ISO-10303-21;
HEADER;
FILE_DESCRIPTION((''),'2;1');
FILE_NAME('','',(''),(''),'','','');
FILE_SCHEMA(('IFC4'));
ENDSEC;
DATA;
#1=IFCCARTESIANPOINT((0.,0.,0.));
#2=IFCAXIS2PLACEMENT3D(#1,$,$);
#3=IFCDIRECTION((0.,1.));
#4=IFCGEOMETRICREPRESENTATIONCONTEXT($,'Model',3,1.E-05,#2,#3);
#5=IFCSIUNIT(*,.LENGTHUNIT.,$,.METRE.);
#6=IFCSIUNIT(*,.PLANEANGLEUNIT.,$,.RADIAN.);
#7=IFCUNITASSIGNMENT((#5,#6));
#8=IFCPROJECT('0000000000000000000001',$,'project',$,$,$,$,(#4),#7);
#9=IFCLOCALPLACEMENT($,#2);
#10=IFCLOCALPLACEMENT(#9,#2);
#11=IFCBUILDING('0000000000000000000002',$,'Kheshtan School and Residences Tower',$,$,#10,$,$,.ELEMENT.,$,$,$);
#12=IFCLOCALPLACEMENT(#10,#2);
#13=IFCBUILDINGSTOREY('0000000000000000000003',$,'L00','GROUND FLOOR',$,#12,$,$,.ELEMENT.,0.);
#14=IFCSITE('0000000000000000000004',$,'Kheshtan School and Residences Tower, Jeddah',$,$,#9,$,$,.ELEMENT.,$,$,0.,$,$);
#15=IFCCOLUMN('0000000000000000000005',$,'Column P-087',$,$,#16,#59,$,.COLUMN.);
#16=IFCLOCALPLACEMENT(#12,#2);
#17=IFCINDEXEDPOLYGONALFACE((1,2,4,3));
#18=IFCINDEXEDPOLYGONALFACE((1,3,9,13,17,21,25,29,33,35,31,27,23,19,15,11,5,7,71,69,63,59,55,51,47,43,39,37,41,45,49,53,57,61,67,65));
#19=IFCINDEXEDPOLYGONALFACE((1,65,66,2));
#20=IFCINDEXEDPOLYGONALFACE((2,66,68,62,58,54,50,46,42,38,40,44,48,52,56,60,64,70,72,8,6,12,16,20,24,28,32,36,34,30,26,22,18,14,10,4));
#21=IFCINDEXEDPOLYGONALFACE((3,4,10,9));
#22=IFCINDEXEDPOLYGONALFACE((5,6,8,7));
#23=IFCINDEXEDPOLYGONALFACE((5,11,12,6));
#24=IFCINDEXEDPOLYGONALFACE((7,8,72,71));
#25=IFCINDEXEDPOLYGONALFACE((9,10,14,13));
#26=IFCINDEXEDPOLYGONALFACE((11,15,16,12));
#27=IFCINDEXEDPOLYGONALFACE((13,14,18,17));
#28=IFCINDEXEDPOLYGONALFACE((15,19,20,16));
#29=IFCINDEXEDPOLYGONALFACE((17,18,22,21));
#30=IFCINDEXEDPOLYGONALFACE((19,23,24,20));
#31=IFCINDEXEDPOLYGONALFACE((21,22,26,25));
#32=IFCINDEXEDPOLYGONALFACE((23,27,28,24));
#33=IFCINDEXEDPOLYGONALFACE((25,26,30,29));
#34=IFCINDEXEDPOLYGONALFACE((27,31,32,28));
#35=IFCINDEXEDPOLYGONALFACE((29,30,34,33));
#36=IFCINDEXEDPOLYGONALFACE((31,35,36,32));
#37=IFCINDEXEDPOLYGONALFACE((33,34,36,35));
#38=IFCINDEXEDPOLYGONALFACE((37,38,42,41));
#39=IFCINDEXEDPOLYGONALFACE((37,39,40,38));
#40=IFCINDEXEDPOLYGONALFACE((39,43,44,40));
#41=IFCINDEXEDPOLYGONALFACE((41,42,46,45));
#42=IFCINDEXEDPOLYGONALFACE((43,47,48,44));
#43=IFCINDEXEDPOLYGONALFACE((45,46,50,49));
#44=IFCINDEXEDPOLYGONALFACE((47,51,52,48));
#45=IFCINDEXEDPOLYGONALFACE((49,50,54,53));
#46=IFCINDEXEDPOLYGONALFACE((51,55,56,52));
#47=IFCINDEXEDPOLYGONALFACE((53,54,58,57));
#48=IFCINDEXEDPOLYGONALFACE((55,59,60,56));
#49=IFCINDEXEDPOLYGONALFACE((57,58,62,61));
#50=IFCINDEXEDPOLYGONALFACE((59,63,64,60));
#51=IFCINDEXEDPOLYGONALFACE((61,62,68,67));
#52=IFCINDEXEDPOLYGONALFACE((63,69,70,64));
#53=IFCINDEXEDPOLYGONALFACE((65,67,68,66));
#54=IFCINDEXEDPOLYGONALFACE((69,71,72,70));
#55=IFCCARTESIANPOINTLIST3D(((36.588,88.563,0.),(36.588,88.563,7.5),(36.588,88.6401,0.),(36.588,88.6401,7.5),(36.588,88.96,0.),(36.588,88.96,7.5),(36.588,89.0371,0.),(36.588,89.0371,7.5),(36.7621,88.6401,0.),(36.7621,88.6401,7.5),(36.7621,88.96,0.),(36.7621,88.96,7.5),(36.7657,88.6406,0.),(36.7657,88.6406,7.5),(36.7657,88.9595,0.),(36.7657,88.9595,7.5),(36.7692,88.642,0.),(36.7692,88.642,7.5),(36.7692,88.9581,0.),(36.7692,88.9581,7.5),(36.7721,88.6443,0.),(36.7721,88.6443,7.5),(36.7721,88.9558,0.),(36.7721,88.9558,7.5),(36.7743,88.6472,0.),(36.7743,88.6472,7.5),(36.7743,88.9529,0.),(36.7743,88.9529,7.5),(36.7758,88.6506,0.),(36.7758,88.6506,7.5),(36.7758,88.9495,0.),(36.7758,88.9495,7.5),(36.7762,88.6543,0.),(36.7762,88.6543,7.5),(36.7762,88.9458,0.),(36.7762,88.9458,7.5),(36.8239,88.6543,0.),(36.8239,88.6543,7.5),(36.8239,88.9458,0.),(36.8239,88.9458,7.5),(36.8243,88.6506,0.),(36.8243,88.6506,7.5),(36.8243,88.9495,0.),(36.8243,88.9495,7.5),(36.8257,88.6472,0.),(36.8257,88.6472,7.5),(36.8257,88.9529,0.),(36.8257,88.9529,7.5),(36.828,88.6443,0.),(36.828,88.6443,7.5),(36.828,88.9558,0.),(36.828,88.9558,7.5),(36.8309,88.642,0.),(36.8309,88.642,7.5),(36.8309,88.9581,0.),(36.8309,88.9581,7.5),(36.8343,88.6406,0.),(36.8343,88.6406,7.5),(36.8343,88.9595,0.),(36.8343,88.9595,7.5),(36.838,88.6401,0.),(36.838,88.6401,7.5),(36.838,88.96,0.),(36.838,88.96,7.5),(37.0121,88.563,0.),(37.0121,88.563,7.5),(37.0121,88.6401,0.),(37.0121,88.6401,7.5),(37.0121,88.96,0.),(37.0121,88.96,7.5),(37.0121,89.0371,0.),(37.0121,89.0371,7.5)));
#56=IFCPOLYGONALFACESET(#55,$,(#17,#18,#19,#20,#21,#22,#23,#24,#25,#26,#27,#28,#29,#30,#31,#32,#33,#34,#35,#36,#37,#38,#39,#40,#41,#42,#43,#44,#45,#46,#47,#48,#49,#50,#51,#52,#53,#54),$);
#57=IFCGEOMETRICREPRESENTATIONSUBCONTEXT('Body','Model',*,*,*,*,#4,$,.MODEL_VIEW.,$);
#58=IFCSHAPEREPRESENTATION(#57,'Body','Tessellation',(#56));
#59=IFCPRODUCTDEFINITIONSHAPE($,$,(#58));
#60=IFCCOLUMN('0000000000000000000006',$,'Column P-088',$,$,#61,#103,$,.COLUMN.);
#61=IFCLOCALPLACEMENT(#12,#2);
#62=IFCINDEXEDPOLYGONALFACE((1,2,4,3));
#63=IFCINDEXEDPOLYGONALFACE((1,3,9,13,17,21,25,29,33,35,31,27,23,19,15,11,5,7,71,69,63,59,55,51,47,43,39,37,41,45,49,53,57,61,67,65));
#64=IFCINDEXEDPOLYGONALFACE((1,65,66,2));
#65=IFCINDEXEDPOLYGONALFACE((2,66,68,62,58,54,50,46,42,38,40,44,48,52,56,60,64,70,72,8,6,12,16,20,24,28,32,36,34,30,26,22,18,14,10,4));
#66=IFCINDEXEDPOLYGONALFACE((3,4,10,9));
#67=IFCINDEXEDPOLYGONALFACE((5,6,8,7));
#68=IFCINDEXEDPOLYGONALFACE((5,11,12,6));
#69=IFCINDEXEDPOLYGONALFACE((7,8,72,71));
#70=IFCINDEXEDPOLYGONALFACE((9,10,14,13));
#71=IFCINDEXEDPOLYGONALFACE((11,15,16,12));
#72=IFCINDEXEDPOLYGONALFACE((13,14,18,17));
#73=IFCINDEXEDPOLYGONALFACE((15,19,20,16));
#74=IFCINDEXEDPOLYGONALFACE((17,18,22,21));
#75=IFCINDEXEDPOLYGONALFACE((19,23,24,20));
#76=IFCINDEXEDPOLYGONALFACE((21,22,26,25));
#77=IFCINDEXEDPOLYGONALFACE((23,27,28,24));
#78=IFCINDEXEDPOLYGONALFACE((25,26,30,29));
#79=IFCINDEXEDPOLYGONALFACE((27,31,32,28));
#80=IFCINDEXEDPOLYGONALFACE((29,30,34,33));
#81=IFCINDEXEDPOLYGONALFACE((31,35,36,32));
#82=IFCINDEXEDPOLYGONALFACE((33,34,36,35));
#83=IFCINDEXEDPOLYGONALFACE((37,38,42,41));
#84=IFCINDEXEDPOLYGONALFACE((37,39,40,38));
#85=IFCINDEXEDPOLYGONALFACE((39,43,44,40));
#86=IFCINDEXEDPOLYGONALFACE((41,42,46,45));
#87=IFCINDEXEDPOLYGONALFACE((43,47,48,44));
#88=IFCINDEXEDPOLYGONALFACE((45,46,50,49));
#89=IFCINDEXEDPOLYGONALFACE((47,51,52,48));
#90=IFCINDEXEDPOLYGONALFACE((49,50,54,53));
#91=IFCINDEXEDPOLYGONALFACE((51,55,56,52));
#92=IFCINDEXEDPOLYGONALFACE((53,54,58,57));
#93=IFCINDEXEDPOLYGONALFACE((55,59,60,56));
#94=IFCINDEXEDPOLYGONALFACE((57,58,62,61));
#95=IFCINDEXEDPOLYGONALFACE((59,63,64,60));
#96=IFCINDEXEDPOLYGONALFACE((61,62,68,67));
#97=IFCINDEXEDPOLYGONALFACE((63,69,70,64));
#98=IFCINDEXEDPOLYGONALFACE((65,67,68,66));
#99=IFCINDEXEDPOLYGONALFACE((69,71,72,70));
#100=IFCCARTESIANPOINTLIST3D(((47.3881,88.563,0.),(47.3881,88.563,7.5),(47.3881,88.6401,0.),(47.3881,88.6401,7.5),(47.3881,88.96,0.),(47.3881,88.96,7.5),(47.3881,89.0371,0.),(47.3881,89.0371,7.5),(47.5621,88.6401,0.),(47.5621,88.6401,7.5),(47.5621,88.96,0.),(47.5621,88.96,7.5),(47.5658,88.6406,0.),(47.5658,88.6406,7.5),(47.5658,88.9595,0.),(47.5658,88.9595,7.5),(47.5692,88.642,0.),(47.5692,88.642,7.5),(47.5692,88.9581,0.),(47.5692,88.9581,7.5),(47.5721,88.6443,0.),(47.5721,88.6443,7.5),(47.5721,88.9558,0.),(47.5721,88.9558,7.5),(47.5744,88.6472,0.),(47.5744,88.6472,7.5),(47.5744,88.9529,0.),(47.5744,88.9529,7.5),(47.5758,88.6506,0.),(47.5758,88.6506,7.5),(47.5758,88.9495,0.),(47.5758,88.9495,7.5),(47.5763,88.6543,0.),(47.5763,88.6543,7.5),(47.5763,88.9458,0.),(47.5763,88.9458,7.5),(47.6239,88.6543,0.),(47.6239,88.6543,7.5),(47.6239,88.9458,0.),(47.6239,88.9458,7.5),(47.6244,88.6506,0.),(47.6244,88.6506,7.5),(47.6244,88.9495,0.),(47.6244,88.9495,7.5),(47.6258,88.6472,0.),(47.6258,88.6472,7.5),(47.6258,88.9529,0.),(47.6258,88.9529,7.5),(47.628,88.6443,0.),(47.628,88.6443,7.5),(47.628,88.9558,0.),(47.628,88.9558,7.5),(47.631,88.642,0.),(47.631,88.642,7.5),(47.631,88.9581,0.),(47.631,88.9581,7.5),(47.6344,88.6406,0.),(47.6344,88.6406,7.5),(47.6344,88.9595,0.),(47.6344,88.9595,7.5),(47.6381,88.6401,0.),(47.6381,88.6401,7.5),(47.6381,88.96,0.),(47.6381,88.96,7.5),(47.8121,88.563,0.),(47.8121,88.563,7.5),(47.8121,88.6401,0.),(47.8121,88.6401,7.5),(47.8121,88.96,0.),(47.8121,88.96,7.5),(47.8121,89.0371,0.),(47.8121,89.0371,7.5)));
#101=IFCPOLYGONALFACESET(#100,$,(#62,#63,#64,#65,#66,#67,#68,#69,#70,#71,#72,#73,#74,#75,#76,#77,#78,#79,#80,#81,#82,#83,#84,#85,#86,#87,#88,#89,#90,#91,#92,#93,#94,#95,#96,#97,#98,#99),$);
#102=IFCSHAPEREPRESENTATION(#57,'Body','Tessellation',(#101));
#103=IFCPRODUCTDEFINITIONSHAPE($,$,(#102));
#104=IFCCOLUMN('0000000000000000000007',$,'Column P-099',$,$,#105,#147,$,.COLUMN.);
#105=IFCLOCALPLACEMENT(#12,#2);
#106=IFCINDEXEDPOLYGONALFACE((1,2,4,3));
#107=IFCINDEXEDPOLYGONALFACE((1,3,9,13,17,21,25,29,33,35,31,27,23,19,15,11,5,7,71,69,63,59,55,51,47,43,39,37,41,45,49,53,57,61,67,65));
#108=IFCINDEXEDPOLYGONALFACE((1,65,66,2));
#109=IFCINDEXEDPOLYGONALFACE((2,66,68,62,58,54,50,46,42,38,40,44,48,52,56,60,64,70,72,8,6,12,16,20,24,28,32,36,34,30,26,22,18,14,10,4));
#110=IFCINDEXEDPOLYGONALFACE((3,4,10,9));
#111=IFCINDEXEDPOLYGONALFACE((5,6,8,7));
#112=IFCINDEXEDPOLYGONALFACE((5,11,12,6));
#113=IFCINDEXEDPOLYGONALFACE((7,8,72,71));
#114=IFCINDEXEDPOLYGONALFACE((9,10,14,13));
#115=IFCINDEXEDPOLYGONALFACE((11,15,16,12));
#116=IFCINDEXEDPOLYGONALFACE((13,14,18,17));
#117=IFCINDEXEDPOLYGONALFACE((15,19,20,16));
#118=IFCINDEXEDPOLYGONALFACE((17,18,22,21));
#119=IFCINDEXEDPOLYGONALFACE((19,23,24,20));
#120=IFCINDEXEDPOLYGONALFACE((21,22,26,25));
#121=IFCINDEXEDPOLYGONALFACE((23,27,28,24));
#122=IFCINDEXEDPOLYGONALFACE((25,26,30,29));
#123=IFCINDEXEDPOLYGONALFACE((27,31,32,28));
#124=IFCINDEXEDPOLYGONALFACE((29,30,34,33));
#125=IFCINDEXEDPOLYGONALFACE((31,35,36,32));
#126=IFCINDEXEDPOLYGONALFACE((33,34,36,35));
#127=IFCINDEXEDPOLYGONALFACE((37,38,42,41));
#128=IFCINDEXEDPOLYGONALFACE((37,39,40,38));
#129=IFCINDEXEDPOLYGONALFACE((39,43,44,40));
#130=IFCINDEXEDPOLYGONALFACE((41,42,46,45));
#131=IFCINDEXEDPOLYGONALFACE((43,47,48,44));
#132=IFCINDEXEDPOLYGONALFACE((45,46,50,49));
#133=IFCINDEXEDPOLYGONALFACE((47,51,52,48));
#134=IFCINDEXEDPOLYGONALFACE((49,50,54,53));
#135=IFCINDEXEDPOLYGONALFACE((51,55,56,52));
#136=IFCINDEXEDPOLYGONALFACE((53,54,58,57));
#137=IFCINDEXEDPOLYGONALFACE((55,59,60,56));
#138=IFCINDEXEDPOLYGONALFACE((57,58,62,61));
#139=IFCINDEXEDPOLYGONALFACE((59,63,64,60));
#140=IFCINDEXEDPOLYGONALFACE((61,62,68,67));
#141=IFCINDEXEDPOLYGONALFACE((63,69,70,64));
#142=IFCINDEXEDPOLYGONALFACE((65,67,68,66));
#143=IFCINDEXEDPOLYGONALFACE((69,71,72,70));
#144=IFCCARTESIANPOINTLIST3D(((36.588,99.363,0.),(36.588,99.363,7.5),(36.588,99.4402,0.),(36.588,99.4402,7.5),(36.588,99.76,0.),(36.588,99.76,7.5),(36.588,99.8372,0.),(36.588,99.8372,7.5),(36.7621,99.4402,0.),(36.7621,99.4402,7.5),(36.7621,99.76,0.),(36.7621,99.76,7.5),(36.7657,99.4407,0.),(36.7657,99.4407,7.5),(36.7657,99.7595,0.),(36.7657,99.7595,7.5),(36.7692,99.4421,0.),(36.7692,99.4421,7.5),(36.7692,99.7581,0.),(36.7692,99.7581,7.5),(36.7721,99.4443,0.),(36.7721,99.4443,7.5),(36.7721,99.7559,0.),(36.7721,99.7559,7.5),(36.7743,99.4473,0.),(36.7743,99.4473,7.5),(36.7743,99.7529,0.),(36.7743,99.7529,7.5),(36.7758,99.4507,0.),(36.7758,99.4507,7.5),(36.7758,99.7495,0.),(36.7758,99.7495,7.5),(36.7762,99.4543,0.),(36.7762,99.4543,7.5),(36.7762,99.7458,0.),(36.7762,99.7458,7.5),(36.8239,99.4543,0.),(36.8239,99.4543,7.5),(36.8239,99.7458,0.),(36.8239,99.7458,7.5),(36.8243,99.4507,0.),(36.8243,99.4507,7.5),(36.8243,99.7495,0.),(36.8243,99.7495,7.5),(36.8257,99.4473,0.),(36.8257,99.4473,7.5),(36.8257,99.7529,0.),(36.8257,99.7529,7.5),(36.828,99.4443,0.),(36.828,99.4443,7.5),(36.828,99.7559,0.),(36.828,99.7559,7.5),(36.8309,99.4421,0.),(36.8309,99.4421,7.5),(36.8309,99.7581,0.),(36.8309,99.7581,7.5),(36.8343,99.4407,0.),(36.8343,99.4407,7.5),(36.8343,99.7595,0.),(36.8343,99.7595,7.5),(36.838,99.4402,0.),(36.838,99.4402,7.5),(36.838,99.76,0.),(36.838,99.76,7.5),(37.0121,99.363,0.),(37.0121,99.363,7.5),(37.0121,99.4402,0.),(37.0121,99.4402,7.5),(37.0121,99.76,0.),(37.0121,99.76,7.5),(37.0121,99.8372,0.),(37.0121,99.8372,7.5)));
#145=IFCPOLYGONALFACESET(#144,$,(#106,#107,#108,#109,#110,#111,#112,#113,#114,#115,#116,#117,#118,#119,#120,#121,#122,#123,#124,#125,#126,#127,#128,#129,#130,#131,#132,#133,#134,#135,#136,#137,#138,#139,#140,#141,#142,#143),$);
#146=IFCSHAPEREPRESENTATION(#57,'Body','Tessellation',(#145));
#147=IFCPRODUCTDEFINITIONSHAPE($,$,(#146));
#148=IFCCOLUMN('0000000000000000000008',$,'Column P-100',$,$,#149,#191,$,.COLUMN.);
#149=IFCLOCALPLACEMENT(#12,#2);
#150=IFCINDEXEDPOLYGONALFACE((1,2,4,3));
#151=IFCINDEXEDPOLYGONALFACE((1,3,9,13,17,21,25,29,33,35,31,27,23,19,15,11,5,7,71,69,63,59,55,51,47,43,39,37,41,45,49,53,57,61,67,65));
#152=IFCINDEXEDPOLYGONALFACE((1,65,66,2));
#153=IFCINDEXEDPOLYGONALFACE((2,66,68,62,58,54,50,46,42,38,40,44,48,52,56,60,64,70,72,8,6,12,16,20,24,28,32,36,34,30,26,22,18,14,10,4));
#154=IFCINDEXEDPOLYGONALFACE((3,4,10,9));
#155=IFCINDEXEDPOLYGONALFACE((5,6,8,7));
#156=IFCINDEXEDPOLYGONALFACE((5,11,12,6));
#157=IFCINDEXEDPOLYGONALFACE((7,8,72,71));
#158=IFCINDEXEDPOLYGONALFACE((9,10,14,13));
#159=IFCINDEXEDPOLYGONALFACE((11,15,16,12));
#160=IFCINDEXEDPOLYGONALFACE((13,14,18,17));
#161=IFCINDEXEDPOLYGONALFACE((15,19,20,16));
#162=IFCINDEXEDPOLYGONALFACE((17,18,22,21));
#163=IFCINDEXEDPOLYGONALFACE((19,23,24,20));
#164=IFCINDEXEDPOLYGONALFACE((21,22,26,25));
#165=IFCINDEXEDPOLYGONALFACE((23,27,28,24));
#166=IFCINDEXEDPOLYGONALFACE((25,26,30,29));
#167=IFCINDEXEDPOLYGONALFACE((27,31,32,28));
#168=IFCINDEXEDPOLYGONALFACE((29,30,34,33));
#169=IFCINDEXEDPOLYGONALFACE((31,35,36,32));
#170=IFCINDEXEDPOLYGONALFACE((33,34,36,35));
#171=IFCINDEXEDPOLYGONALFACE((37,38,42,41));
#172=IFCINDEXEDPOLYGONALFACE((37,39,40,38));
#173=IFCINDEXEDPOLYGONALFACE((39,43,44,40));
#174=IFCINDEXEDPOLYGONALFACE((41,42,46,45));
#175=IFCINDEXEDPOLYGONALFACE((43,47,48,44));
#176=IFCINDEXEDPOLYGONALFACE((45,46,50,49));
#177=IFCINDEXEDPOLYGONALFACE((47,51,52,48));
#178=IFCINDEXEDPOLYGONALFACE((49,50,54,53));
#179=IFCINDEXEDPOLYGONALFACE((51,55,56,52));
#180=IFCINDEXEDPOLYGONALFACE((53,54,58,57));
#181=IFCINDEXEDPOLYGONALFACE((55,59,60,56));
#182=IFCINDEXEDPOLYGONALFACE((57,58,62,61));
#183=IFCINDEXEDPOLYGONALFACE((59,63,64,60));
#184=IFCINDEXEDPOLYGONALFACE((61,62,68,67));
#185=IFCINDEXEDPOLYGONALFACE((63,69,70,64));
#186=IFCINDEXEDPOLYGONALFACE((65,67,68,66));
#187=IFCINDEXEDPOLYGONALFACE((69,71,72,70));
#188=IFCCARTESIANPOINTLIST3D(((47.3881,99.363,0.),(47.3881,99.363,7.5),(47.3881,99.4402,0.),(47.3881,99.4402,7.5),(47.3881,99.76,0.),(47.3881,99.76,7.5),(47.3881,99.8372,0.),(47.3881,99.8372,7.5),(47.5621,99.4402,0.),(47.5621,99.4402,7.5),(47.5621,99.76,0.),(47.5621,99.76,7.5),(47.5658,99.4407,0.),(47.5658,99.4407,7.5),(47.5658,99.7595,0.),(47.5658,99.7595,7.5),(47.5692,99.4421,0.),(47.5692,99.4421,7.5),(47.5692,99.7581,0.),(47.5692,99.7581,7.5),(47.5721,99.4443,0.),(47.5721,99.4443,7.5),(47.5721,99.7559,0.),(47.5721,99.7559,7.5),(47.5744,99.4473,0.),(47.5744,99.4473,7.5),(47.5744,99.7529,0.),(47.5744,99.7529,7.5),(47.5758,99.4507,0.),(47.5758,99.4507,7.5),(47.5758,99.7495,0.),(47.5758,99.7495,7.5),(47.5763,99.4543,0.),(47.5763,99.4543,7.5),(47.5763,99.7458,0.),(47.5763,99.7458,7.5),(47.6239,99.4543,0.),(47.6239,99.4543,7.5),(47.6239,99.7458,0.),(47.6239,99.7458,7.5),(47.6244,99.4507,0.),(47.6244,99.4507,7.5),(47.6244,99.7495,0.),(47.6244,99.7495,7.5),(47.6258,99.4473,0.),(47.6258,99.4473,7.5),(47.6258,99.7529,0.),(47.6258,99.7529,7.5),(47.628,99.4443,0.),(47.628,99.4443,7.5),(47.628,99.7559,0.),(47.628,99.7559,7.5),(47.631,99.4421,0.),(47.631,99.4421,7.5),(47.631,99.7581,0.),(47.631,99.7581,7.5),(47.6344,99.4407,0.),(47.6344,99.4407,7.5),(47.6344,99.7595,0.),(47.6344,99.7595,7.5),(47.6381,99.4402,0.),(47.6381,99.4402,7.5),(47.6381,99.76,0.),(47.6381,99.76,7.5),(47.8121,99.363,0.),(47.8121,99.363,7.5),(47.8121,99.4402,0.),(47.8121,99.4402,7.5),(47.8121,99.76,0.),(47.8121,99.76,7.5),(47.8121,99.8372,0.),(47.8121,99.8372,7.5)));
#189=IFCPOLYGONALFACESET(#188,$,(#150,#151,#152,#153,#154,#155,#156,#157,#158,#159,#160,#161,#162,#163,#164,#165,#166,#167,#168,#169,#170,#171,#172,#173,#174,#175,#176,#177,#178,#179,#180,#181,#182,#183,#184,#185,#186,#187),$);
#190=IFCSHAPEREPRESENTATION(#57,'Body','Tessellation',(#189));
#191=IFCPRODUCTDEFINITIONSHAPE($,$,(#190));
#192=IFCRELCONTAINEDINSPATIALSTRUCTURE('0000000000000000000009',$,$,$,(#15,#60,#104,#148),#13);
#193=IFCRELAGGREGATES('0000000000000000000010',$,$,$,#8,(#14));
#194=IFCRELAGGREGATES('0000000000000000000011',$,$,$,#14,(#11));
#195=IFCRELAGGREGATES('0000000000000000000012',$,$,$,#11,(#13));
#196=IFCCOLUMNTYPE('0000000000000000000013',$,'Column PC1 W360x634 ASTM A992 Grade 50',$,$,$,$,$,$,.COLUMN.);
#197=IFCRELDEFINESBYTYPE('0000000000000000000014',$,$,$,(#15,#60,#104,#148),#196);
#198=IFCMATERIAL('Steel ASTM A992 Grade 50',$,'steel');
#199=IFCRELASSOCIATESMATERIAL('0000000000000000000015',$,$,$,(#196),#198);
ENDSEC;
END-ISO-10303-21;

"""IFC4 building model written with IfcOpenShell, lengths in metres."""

from ifc_helpers import new_model, si_unit, direction, frame, origin, origin_2d, place, context, subcontext, project, spatial, i_section, extrude, material, material_profile, profile_set, type_object, element, save


model = new_model("IFC4")

# Units and contexts
model_context = context("Model", 3, precision=1e-05, world=origin(), true_north=direction((0.0, 1.0)))
body_context = subcontext(model_context, "Body", "Model", "MODEL_VIEW")
ifc_project = project(units=[si_unit("LENGTHUNIT", "METRE"), si_unit("PLANEANGLEUNIT", "RADIAN")], contexts=[model_context])

# Site, building, storey
site_placement = place(None, origin())
site = spatial("IfcSite", under=ifc_project, at=site_placement, Name="Kheshtan School and Residences Tower, Jeddah", CompositionType="ELEMENT", RefElevation=0.0)
building_placement = place(site_placement, origin())
building = spatial("IfcBuilding", under=site, at=building_placement, Name="Kheshtan School and Residences Tower", CompositionType="ELEMENT")
storey_placement = place(building_placement, origin())
storey = spatial("IfcBuildingStorey", under=building, at=storey_placement, Name="L00", Description="GROUND FLOOR", CompositionType="ELEMENT", Elevation=0.0)

# Columns
ifc_material_1 = material(Name="Steel ASTM A992 Grade 50", Category="steel")
ifc_material_profile_1 = material_profile(ifc_material_1, i_section(OverallWidth=0.4241, OverallDepth=0.4741, WebThickness=0.0476, FlangeThickness=0.0771, FilletRadius=0.0142, at=origin_2d()), Name="W360x634")
ifc_profile_set_1 = profile_set([ifc_material_profile_1], Name="Steel ASTM A992 Grade 50")
column_type = type_object("IfcColumnType", Name="Column PC1 W360x634 ASTM A992 Grade 50", PredefinedType="COLUMN", material=ifc_profile_set_1)
for number, where, z_axis, x_axis, name in (
    (1, (36.8, 88.8, 0.0), (0.0, 0.0, 1.0), (1.0, 0.0, 0.0), "Column P-087"),
    (2, (47.6001, 88.8, 0.0), (0.0, 0.0, 1.0), (1.0, 0.0, 0.0), "Column P-088"),
    (3, (36.8, 99.6001, 0.0), (0.0, 0.0, 1.0), (1.0, 0.0, 0.0), "Column P-099"),
    (4, (47.6001, 99.6001, 0.0), (0.0, 0.0, 1.0), (1.0, 0.0, 0.0), "Column P-100"),
):
    element("IfcColumn", number, at=place(storey_placement, frame(where, z_axis=z_axis, x_axis=x_axis)), inside=storey, type_object=column_type, Name=name, PredefinedType="COLUMN", context=body_context, shape_type="SweptSolid", body=[
        extrude(i_section(OverallWidth=0.4241, OverallDepth=0.4741, WebThickness=0.0476, FlangeThickness=0.0771, FilletRadius=0.0142, at=origin_2d()), origin(), (0.0, 0.0, 1.0), 7.5),
    ])

save(model, "model.ifc")
